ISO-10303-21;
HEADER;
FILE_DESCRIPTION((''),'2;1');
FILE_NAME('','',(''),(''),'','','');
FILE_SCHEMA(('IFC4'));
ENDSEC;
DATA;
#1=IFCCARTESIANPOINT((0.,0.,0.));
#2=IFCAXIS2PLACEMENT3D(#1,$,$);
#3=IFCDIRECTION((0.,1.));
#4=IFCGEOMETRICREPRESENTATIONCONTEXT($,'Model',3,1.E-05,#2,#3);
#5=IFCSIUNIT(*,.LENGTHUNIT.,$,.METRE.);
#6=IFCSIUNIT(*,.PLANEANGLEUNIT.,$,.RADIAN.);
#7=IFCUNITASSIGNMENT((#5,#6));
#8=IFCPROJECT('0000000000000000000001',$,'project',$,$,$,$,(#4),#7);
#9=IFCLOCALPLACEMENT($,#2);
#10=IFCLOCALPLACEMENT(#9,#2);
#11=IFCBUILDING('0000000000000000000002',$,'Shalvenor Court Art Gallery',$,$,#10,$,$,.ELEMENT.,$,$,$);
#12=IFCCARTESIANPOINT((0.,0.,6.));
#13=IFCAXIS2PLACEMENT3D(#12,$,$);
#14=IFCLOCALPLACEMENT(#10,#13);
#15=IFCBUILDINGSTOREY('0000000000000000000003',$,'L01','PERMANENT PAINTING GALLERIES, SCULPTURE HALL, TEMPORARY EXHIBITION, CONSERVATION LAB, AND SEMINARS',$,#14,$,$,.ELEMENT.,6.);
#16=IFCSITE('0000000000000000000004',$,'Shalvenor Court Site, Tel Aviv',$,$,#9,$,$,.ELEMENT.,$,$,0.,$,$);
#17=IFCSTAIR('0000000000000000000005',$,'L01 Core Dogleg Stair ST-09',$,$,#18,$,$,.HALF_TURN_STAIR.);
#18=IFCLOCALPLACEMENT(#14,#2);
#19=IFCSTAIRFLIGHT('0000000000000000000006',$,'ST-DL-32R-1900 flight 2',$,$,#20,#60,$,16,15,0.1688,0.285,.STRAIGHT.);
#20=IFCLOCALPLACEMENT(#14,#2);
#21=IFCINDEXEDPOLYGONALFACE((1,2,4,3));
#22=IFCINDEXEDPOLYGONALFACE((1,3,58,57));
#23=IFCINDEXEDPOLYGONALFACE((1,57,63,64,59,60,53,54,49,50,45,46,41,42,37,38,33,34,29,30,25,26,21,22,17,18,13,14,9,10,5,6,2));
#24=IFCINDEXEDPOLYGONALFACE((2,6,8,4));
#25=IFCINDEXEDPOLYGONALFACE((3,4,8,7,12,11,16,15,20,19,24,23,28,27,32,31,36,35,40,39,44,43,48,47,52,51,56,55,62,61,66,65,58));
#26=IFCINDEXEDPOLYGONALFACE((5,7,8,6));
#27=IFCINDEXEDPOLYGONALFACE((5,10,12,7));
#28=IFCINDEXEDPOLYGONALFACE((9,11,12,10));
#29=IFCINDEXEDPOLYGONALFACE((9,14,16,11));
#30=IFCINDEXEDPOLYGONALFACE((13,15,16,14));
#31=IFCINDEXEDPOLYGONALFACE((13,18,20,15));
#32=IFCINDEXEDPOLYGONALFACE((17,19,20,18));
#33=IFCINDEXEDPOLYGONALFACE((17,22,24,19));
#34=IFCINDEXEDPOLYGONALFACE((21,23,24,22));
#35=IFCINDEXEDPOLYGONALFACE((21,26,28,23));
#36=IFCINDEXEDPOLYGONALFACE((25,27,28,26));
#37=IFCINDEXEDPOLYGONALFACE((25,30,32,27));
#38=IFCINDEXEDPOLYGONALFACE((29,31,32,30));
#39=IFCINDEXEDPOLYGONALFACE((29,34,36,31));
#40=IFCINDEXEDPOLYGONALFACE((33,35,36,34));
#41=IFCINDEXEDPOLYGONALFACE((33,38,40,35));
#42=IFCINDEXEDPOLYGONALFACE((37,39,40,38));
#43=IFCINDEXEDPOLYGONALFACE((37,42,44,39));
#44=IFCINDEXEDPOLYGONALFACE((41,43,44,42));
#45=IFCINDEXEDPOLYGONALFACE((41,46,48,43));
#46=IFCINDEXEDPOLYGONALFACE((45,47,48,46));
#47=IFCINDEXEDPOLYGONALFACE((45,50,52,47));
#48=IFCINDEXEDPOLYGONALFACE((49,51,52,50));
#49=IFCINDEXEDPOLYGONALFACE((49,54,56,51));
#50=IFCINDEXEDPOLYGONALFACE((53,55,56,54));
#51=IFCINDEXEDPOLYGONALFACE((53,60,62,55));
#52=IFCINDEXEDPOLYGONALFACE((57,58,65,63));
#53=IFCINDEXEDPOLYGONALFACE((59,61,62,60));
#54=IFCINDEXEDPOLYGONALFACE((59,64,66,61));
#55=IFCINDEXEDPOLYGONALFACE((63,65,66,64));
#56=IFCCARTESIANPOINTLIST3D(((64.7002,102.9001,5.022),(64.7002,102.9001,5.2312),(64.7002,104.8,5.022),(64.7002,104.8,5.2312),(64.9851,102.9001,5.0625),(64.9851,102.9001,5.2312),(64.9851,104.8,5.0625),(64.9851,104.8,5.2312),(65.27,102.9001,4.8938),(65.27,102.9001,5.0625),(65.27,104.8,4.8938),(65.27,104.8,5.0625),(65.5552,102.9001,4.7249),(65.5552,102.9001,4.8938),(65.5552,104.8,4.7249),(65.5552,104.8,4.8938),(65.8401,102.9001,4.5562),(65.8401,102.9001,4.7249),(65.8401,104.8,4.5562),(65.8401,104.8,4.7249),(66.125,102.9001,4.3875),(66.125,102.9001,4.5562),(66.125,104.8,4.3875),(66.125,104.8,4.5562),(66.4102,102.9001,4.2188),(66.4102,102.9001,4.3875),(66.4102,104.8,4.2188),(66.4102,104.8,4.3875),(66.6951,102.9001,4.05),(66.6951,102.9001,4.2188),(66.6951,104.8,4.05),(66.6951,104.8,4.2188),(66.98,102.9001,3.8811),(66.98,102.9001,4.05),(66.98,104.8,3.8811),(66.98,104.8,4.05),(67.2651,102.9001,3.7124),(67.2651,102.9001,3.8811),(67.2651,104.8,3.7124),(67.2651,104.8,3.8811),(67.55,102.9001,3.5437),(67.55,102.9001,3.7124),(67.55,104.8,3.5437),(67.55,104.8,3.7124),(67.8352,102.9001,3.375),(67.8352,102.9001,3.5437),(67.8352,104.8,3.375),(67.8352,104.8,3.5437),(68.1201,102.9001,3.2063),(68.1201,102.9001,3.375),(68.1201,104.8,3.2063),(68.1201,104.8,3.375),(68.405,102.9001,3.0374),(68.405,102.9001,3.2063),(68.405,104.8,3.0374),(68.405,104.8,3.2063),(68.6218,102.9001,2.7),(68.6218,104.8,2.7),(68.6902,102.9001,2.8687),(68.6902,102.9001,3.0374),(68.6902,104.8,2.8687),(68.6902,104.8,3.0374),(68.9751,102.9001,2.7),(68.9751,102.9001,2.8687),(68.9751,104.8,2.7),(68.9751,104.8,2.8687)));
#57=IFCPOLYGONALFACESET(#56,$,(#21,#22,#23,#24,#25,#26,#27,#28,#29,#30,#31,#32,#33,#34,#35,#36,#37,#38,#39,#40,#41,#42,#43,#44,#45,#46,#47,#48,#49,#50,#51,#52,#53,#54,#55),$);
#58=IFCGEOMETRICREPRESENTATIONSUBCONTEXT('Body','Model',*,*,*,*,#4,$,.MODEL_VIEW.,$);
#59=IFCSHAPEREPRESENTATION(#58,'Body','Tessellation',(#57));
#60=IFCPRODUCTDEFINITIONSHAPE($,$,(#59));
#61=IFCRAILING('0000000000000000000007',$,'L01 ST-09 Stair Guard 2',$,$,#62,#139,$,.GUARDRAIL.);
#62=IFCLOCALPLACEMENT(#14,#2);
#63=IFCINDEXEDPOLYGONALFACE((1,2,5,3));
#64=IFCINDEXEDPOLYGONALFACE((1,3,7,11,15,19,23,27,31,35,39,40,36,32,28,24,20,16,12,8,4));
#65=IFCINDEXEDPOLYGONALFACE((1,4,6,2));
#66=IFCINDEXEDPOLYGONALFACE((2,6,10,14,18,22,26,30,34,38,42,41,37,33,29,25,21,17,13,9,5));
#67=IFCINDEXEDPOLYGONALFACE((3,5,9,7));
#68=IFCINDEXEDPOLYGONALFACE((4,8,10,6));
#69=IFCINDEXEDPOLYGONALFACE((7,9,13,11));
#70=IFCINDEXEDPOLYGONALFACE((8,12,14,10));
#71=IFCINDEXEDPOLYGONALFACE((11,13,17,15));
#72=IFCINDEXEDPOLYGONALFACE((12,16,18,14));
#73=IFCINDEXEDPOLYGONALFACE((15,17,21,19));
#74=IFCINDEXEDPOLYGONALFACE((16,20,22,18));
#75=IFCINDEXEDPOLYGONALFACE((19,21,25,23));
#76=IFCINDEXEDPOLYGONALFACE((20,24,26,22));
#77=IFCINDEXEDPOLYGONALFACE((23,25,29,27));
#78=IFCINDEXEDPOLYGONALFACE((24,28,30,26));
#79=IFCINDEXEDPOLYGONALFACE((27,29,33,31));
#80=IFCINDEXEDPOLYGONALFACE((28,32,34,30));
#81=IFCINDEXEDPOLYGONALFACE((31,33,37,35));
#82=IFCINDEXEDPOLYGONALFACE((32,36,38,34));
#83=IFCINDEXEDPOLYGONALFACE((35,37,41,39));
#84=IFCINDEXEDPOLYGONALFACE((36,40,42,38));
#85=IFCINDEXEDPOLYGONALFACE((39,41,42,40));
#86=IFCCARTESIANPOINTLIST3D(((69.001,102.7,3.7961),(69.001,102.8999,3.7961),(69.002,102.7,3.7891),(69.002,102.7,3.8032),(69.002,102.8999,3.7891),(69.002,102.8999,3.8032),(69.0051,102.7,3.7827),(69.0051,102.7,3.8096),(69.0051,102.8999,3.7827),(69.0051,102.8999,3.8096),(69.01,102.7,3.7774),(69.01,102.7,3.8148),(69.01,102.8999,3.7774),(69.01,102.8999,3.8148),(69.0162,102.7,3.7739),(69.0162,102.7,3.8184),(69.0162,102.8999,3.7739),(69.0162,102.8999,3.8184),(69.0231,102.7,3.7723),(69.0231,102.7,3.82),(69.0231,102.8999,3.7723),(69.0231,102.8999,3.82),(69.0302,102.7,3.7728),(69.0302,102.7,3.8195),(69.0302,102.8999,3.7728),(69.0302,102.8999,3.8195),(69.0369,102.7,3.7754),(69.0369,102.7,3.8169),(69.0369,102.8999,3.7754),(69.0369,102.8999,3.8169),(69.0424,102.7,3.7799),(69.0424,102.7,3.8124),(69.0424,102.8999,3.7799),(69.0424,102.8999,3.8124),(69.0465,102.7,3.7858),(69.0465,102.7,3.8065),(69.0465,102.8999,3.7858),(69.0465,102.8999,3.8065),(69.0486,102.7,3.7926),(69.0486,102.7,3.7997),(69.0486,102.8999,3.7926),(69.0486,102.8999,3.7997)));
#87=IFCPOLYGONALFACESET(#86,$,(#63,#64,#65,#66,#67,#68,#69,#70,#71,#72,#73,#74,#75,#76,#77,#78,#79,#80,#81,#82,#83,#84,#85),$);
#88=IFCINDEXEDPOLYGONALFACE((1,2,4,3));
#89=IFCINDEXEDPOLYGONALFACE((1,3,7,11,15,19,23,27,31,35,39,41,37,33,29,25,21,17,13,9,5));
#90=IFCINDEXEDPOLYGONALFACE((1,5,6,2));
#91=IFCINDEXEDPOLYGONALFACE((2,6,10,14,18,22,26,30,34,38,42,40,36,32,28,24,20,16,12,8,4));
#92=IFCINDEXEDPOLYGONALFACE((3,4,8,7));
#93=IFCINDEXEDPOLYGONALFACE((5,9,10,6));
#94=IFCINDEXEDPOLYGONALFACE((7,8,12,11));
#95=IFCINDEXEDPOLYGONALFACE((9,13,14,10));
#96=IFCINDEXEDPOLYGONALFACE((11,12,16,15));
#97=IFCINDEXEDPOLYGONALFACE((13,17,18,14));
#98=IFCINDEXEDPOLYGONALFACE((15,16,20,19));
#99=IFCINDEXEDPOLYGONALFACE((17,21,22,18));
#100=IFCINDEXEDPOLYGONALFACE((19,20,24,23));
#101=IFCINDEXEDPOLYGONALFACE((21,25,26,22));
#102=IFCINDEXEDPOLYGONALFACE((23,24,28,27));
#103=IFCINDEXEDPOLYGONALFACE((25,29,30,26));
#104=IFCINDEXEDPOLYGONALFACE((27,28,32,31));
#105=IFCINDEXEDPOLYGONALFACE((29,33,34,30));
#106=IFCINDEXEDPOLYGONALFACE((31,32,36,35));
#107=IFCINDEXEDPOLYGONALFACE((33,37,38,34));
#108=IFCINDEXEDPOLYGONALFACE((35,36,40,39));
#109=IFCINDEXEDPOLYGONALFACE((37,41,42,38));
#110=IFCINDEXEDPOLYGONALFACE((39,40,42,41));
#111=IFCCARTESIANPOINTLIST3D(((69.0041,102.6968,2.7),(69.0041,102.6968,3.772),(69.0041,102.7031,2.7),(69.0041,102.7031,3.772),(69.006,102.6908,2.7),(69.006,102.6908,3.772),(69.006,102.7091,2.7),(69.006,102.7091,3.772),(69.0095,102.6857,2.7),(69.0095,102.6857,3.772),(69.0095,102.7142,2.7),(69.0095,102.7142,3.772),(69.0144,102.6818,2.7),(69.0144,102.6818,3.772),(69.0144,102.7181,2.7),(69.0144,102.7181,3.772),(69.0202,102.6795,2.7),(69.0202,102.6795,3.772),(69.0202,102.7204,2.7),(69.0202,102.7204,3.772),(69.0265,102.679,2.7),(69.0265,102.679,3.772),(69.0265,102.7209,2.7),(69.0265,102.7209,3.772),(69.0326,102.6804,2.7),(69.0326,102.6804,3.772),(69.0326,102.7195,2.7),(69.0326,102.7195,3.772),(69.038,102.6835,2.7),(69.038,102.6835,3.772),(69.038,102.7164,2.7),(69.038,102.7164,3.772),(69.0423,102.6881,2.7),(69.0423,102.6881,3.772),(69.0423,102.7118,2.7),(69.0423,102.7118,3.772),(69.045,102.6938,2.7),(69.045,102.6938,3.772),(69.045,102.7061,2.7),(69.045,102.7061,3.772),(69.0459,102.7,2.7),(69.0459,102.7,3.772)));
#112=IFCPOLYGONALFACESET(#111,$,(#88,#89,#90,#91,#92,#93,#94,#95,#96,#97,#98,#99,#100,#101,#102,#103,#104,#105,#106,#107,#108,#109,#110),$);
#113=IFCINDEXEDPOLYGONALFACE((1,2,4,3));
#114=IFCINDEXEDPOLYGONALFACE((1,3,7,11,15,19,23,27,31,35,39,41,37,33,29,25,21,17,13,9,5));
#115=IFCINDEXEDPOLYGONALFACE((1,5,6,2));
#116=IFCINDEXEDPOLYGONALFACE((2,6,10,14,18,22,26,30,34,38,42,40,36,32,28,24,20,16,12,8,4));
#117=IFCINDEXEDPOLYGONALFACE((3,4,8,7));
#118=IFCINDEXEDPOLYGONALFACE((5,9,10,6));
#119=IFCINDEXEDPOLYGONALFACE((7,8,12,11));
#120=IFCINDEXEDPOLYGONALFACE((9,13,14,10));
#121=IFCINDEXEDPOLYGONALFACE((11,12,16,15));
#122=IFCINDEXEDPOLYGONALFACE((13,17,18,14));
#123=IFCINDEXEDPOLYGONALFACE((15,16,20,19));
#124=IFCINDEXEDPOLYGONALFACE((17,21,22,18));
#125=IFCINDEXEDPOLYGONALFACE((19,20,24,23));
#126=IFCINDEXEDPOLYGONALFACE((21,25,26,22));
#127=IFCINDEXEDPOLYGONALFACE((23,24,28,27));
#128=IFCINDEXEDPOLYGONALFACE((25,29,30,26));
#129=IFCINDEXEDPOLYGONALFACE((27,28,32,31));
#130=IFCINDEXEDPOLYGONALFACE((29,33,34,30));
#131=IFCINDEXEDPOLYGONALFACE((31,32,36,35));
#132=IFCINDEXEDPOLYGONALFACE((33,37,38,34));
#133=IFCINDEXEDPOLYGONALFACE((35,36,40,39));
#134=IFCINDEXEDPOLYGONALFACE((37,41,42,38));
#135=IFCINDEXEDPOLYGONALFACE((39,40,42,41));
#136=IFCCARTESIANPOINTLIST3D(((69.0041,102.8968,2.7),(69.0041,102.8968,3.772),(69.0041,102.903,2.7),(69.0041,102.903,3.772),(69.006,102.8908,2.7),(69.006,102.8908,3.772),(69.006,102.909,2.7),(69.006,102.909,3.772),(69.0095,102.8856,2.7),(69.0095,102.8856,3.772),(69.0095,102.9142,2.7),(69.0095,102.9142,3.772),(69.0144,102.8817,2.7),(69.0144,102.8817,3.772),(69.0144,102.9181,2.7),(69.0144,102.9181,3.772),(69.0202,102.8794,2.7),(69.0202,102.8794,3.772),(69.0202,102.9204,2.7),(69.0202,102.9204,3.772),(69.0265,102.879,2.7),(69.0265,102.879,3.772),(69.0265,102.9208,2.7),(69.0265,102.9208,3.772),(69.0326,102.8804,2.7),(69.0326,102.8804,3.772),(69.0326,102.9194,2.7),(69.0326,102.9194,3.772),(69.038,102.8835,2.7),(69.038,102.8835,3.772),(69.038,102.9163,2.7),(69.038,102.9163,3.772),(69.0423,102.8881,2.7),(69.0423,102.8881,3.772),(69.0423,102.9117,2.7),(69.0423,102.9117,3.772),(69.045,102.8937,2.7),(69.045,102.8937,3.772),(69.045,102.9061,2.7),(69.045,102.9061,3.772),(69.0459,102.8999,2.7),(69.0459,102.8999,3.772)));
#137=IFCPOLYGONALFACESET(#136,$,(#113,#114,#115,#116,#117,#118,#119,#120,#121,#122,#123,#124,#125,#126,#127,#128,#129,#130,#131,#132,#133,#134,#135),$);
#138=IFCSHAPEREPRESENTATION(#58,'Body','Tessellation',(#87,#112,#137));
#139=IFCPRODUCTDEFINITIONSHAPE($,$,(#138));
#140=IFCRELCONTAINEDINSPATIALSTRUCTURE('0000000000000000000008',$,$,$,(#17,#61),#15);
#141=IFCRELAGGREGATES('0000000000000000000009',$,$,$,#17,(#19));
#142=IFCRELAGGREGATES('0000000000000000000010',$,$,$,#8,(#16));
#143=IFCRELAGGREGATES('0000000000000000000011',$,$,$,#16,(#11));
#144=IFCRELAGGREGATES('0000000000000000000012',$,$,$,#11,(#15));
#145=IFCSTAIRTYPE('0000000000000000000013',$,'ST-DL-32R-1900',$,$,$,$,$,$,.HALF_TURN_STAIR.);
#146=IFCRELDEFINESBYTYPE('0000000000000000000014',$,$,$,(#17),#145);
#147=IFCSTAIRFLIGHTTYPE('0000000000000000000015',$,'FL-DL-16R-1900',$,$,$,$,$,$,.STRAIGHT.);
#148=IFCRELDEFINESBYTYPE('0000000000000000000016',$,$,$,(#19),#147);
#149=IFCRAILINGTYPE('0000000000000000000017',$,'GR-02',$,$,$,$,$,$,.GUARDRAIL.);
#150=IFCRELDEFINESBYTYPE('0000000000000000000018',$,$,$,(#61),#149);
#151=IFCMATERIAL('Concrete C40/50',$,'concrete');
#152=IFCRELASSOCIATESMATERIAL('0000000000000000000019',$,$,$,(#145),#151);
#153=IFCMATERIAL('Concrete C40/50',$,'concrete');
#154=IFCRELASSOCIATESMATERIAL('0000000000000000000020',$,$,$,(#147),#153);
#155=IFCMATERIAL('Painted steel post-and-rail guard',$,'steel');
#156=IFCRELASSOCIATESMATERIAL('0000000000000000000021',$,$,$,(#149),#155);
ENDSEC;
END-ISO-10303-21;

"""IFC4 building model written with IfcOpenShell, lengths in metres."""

from ifc_helpers import new_model, si_unit, direction, frame, origin, origin_2d, place, context, subcontext, project, spatial, polyline, circle, outline, extrude, material, type_object, element, aggregate, save


model = new_model("IFC4")

# Units and contexts
model_context = context("Model", 3, precision=1e-05, world=origin(), true_north=direction((0.0, 1.0)))
body_context = subcontext(model_context, "Body", "Model", "MODEL_VIEW")
ifc_project = project(units=[si_unit("LENGTHUNIT", "METRE"), si_unit("PLANEANGLEUNIT", "RADIAN")], contexts=[model_context])

# Site, building, storey
site_placement = place(None, origin())
site = spatial("IfcSite", under=ifc_project, at=site_placement, Name="Shalvenor Court Site, Tel Aviv", CompositionType="ELEMENT", RefElevation=0.0)
building_placement = place(site_placement, origin())
building = spatial("IfcBuilding", under=site, at=building_placement, Name="Shalvenor Court Art Gallery", CompositionType="ELEMENT")
storey_placement = place(building_placement, frame((0.0, 0.0, 6.0)))
storey = spatial("IfcBuildingStorey", under=building, at=storey_placement, Name="L01", Description="PERMANENT PAINTING GALLERIES, SCULPTURE HALL, TEMPORARY EXHIBITION, CONSERVATION LAB, AND SEMINARS", CompositionType="ELEMENT", Elevation=6.0)

# Stair, stair flight
ifc_material_1 = material(Name="Concrete C40/50", Category="concrete")
stair_type = type_object("IfcStairType", Name="ST-DL-32R-1900", PredefinedType="HALF_TURN_STAIR", material=ifc_material_1)
stair_placement = place(storey_placement, origin())
stair = element("IfcStair", 1, at=stair_placement, inside=storey, type_object=stair_type, Name="L01 Core Dogleg Stair ST-09", PredefinedType="HALF_TURN_STAIR")
ifc_material_2 = material(Name="Concrete C40/50", Category="concrete")
stair_flight_type = type_object("IfcStairFlightType", Name="FL-DL-16R-1900", PredefinedType="STRAIGHT", material=ifc_material_2)
stair_flight_placement = place(storey_placement, frame((68.9751, 103.8501, 2.7), z_axis=(0.0, 0.0, 1.0), x_axis=(-1.0, 0.0, 0.0)))
stair_flight = element("IfcStairFlight", 2, at=stair_flight_placement, type_object=stair_flight_type, Name="ST-DL-32R-1900 flight 2", NumberOfRisers=16, NumberOfTreads=15, PredefinedType="STRAIGHT", RiserHeight=0.1688, TreadLength=0.285, context=body_context, shape_type="SweptSolid", body=[
    extrude(outline(polyline([(0.0, 0.0), (0.0, 0.1687), (0.2849, 0.1687), (0.2849, 0.3374), (0.5701, 0.3374), (0.5701, 0.5063), (0.855, 0.5063), (0.855, 0.675), (1.1399, 0.675), (1.1399, 0.8438), (1.425, 0.8438), (1.425, 1.0125), (1.71, 1.0125), (1.71, 1.1812), (1.9951, 1.1812), (1.9951, 1.3501), (2.28, 1.3501), (2.28, 1.5188), (2.5649, 1.5188), (2.5649, 1.6875), (2.8501, 1.6875), (2.8501, 1.8562), (3.135, 1.8562), (3.135, 2.0249), (3.4199, 2.0249), (3.4199, 2.1938), (3.7051, 2.1938), (3.7051, 2.3625), (3.99, 2.3625), (3.99, 2.5312), (4.2749, 2.5312), (4.2749, 2.7), (4.2749, 2.322), (0.3533, 0.0), (0.0, 0.0)])), frame((0.0, 0.95, 0.0), z_axis=(0.0, -1.0, 0.0), x_axis=(1.0, 0.0, 0.0)), (0.0, 0.0, 1.0), 1.8999),
])
aggregate(stair, [stair_flight])

# Railing
ifc_material_3 = material(Name="Painted steel post-and-rail guard", Category="steel")
railing_type_1 = type_object("IfcRailingType", Name="GR-02", PredefinedType="GUARDRAIL", material=ifc_material_3)
railing_1_placement = place(storey_placement, frame((69.0249, 102.7, 2.7)))
element("IfcRailing", 3, at=railing_1_placement, inside=storey, type_object=railing_type_1, Name="L01 ST-09 Stair Guard 2", PredefinedType="GUARDRAIL", context=body_context, shape_type="SweptSolid", body=[
    extrude(circle(Radius=0.0239, at=origin_2d()), frame((0.0, 0.0, 1.0962), z_axis=(0.0, 1.0, 0.0), x_axis=(-1.0, 0.0, 0.0)), (0.0, 0.0, 1.0), 0.2),
    extrude(circle(Radius=0.021, at=origin_2d()), origin(), (0.0, 0.0, 1.0), 1.072),
    extrude(circle(Radius=0.021, at=origin_2d()), frame((0.0, 0.2, 0.0)), (0.0, 0.0, 1.0), 1.072),
])

save(model, "model.ifc")
